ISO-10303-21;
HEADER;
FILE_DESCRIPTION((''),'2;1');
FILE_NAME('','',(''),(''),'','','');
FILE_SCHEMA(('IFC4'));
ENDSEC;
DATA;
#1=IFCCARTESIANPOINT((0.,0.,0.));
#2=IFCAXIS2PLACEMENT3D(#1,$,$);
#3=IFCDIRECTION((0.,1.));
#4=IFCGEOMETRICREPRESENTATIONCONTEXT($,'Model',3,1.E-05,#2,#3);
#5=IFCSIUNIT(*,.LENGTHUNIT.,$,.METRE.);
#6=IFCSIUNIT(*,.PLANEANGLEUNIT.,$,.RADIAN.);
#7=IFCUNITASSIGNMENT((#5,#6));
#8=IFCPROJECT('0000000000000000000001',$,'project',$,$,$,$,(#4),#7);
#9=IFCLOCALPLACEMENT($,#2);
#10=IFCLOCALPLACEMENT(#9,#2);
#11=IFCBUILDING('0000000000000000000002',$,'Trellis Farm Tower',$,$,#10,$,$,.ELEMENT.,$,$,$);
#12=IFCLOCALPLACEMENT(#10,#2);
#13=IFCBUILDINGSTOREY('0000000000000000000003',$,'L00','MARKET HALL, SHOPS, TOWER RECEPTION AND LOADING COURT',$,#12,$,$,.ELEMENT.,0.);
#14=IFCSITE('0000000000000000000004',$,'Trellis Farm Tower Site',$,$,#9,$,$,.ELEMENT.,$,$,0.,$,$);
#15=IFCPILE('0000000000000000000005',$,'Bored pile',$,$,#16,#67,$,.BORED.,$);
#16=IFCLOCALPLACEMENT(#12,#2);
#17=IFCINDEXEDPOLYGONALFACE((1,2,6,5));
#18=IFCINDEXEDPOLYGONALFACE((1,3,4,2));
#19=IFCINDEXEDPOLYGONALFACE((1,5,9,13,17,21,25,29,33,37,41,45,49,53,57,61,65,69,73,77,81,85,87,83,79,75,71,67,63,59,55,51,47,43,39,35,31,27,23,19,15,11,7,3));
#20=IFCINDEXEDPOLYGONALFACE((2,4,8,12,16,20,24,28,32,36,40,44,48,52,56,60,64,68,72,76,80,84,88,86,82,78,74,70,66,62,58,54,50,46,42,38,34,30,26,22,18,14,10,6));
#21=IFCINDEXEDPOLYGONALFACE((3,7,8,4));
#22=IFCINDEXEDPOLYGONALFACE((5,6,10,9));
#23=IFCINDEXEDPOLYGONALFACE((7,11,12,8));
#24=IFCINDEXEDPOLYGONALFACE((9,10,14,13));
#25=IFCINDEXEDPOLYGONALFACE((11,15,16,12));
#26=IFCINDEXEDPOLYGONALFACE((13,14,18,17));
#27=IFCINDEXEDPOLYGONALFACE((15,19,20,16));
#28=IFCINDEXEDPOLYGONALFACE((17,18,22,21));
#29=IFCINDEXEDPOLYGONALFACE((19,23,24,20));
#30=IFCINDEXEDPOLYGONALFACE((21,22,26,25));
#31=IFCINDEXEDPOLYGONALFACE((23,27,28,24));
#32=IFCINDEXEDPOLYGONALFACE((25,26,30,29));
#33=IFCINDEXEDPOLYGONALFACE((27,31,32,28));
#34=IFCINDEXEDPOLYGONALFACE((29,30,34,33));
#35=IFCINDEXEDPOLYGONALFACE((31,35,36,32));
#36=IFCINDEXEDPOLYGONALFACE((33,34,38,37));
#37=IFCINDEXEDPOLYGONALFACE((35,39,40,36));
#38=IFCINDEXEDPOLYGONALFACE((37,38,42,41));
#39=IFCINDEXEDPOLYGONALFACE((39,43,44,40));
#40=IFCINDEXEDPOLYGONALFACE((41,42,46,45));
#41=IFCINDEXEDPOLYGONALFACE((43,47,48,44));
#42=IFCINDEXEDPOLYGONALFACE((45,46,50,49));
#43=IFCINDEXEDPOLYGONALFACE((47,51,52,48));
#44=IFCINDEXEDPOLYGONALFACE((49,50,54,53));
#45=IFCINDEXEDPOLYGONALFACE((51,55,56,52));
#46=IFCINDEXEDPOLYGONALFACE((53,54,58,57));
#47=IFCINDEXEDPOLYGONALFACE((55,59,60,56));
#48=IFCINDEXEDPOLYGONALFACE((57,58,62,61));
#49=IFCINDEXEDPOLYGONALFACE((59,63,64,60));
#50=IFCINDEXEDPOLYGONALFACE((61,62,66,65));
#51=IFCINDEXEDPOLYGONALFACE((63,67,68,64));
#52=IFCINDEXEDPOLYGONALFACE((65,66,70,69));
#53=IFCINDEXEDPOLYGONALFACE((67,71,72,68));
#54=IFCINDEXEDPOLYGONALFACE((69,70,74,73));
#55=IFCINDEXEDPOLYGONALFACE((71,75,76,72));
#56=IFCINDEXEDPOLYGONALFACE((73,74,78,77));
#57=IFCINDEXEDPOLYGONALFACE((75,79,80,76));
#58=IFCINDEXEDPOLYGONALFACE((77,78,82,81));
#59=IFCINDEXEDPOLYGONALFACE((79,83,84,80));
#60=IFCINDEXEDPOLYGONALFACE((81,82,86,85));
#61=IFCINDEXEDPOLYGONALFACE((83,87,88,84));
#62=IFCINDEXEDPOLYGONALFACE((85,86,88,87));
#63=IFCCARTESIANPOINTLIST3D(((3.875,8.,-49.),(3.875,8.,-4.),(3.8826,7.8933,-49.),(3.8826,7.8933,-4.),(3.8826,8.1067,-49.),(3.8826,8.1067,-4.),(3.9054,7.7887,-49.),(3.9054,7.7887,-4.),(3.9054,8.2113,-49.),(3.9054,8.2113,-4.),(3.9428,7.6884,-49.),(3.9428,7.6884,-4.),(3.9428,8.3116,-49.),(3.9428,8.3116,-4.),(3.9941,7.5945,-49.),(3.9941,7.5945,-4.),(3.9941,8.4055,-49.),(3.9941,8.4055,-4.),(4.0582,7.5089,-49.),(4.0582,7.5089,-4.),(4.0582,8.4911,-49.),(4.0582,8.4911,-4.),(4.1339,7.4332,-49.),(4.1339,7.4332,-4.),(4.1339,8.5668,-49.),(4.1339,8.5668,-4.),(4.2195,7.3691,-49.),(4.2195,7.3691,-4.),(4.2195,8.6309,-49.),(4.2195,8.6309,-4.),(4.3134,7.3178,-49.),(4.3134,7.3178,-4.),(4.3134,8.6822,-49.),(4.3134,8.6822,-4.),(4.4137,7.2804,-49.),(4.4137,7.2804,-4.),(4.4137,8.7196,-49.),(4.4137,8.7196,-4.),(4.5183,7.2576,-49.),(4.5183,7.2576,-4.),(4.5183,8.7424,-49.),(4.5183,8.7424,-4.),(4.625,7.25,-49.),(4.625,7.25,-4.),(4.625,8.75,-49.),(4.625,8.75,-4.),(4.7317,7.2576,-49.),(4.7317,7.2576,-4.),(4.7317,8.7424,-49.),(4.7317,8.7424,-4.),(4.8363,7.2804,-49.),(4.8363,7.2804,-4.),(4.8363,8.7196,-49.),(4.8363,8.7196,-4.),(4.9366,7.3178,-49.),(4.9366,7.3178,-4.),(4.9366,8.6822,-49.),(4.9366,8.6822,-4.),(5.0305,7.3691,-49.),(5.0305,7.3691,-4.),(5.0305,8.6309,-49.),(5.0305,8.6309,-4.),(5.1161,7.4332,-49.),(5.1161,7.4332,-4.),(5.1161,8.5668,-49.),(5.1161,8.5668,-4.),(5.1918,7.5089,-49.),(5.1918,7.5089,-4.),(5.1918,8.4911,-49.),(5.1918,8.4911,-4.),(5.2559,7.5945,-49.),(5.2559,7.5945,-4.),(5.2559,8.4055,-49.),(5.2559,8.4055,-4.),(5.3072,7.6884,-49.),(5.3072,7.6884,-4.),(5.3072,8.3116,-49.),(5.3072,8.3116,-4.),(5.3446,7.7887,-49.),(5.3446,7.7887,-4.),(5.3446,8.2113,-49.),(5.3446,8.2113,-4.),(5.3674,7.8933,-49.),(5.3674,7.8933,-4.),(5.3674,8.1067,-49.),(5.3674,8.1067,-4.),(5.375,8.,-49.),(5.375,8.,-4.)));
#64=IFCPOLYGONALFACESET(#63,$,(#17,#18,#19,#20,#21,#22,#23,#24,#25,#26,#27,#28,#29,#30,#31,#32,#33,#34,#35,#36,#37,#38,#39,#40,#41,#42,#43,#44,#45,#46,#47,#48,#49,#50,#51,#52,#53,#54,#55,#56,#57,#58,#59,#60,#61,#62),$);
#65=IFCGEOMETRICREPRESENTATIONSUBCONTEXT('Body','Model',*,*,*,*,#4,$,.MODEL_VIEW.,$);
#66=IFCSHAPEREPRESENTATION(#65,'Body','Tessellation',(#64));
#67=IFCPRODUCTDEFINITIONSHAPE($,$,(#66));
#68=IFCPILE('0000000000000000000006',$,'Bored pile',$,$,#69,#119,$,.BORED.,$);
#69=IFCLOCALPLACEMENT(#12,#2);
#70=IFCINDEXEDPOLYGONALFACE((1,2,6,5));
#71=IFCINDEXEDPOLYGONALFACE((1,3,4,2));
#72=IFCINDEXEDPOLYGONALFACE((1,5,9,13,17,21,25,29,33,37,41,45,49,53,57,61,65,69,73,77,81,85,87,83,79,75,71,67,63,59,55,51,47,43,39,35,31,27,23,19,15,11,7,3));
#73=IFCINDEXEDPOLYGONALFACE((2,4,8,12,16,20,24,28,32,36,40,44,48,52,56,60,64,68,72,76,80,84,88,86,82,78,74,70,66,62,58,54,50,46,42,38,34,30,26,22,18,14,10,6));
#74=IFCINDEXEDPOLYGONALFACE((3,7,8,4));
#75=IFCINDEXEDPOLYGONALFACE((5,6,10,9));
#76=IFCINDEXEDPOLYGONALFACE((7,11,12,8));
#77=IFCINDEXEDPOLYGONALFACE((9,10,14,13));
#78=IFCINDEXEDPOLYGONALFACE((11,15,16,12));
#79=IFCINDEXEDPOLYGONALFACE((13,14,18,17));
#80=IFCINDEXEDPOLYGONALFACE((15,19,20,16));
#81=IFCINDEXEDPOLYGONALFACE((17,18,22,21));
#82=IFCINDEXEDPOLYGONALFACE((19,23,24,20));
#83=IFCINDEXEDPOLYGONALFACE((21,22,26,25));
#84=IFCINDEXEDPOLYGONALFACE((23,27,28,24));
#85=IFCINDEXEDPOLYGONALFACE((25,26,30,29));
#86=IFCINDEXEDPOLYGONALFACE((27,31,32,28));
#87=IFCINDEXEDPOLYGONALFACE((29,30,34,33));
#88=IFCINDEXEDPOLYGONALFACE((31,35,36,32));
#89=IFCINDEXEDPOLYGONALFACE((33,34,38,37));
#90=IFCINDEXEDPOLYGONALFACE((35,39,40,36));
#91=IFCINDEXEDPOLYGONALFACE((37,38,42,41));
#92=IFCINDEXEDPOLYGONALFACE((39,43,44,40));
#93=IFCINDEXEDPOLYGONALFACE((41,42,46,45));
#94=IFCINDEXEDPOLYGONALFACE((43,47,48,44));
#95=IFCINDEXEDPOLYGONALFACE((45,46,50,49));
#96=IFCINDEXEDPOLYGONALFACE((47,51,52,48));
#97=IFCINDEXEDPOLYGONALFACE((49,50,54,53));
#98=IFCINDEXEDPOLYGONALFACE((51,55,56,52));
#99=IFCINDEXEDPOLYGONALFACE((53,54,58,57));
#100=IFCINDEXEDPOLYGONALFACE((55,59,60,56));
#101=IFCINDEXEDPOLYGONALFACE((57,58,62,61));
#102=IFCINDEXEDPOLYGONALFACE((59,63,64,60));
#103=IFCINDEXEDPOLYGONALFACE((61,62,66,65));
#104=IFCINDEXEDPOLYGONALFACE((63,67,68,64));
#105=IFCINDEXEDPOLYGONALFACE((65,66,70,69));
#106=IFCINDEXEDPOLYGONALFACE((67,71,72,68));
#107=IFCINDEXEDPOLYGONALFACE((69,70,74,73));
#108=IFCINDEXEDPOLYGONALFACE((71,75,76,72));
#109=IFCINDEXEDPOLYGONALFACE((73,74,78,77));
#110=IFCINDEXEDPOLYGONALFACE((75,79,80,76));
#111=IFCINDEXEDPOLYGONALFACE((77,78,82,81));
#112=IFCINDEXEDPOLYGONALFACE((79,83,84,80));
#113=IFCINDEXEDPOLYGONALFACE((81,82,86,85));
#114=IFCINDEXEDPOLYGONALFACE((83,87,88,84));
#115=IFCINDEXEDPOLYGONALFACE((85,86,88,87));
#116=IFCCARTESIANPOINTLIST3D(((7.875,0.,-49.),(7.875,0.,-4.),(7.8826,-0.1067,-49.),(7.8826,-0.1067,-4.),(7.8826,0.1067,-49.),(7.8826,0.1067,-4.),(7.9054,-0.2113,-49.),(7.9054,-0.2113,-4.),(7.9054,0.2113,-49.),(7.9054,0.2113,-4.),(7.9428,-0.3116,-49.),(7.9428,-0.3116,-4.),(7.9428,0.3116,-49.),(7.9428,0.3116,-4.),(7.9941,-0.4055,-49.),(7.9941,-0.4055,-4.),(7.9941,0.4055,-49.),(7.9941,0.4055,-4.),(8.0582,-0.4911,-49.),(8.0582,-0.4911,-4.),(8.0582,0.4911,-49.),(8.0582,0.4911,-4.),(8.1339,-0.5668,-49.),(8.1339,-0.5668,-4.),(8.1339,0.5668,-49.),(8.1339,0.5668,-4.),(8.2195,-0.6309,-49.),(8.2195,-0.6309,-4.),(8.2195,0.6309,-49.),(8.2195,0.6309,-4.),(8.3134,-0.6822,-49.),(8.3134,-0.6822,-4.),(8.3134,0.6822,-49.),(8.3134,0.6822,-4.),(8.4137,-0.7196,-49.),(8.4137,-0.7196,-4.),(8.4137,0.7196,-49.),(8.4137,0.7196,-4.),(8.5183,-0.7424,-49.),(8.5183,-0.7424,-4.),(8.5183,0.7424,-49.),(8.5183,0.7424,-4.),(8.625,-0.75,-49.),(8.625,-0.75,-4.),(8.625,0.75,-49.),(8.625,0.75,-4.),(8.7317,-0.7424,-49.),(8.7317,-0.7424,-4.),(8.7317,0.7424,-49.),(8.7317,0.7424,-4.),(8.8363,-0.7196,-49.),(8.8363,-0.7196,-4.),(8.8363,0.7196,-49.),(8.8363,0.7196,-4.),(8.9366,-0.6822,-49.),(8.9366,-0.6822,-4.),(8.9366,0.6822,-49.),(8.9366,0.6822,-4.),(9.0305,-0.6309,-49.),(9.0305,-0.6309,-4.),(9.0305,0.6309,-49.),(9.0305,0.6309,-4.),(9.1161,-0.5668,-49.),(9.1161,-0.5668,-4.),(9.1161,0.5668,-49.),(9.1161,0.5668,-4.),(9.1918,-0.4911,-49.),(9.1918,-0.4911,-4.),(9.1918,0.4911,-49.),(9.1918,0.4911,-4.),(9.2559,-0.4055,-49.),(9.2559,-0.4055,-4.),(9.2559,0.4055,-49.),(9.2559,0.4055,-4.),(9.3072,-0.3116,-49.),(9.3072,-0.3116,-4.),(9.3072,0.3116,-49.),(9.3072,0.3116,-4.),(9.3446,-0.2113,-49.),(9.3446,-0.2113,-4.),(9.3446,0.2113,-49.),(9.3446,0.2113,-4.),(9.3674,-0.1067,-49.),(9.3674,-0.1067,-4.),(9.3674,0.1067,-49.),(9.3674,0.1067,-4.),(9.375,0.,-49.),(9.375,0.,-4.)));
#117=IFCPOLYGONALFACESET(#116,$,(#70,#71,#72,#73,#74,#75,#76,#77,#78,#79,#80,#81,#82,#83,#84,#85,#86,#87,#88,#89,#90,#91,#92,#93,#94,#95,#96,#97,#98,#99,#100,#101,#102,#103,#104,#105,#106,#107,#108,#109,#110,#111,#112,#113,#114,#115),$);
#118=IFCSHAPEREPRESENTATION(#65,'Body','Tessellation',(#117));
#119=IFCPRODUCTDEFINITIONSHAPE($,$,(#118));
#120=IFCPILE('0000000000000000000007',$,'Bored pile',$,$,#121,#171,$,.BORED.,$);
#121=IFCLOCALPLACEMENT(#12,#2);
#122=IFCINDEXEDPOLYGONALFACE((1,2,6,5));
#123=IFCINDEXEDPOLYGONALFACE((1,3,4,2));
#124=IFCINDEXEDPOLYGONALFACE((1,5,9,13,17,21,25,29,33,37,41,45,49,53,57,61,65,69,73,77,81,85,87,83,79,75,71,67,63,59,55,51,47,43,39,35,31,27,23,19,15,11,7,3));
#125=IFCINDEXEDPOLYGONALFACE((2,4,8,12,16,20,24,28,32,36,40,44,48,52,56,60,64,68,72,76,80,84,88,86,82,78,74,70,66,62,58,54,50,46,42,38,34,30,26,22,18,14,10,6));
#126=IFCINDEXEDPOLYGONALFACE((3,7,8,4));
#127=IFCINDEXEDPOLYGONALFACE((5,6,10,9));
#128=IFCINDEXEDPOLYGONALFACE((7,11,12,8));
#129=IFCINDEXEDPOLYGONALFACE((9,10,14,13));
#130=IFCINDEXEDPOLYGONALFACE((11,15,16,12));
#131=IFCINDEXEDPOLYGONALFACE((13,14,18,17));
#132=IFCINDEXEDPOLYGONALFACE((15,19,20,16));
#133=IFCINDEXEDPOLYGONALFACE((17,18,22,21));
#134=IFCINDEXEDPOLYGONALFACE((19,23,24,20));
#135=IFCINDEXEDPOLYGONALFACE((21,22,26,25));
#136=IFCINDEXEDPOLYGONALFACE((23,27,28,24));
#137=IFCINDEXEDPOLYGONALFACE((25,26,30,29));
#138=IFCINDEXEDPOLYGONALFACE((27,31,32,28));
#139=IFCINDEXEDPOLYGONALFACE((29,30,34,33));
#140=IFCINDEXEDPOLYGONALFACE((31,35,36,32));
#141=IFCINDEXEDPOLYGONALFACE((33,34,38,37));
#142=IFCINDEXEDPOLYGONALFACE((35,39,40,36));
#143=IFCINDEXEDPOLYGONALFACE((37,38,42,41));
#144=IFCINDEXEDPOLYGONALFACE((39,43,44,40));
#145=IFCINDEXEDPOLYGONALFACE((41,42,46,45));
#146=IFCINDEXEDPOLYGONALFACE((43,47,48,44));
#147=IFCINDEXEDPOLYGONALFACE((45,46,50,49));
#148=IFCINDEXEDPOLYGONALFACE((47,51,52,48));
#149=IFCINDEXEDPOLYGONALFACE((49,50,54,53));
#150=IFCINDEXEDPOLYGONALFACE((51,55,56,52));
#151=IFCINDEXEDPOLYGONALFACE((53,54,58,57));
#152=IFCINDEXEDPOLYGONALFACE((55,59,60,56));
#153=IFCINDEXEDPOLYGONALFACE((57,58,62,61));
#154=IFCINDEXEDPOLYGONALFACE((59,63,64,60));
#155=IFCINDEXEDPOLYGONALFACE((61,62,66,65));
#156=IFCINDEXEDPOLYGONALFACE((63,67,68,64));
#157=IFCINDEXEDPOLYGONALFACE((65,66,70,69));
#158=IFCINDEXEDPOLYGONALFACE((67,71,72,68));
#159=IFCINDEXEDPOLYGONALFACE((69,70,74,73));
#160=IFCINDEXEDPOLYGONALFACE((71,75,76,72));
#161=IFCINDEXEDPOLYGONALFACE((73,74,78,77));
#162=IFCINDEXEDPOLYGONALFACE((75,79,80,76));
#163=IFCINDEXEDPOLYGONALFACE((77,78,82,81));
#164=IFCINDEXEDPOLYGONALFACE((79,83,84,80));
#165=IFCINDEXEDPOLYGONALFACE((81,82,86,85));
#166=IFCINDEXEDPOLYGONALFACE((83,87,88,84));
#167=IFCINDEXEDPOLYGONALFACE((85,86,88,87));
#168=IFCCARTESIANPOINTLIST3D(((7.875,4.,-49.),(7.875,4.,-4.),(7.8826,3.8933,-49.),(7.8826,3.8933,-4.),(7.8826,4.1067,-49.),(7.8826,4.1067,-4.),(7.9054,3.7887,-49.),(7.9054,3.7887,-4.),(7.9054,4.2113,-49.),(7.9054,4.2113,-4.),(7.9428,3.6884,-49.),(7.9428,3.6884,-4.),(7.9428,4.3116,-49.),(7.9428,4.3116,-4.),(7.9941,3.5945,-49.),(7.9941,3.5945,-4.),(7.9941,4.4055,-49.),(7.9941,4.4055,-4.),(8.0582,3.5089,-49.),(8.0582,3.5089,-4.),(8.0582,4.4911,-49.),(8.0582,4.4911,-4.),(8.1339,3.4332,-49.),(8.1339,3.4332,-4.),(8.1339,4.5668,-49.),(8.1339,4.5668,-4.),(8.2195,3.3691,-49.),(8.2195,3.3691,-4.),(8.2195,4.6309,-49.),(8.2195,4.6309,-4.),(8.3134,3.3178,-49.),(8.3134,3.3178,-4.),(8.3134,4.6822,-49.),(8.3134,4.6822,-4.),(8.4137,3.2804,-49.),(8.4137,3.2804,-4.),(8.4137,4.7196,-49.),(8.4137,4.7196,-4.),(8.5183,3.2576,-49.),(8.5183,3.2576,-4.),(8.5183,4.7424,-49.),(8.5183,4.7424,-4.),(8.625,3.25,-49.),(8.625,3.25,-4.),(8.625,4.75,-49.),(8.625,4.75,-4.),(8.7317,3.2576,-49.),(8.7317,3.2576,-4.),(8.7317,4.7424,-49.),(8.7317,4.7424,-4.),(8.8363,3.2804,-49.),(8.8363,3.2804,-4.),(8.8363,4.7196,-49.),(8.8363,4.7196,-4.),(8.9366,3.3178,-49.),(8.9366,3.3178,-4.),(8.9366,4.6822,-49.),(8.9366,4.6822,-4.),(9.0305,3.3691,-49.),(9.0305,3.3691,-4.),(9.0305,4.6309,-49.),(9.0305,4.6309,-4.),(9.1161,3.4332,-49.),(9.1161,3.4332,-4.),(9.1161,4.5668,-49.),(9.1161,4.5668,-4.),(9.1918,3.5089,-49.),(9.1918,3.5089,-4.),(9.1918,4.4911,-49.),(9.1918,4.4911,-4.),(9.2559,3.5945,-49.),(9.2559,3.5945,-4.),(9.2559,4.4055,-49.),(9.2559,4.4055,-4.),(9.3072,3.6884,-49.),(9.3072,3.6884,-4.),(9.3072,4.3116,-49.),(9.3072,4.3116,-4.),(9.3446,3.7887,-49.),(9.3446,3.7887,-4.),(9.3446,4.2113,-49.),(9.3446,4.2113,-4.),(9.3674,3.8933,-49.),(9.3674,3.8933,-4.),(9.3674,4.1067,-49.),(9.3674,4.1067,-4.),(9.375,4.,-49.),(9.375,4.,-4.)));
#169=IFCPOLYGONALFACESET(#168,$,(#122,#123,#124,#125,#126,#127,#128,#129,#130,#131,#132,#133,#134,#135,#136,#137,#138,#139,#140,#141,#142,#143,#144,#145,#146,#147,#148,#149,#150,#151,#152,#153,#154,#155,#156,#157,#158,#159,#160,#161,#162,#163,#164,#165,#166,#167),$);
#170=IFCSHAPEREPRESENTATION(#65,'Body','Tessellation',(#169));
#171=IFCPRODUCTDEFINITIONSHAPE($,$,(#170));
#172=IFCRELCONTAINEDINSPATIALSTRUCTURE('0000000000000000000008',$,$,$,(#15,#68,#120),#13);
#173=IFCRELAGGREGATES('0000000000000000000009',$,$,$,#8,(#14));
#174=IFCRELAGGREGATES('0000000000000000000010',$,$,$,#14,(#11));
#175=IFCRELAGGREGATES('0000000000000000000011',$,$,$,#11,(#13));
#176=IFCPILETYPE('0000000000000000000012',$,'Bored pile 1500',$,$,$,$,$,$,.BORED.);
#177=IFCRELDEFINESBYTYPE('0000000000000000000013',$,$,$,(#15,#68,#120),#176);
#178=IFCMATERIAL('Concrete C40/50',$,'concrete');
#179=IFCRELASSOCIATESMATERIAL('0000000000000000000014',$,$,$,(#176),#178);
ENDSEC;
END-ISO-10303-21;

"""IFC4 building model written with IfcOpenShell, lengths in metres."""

from ifc_helpers import new_model, si_unit, direction, frame, origin, origin_2d, place, context, subcontext, project, spatial, circle, extrude, source, transform, mapped, material, material_profile, profile_set, type_object, element, save


model = new_model("IFC4")

# Units and contexts
model_context = context("Model", 3, precision=1e-05, world=origin(), true_north=direction((0.0, 1.0)))
body_context = subcontext(model_context, "Body", "Model", "MODEL_VIEW")
ifc_project = project(units=[si_unit("LENGTHUNIT", "METRE"), si_unit("PLANEANGLEUNIT", "RADIAN")], contexts=[model_context])

# Site, building, storey
site_placement = place(None, origin())
site = spatial("IfcSite", under=ifc_project, at=site_placement, Name="Trellis Farm Tower Site", CompositionType="ELEMENT", RefElevation=0.0)
building_placement = place(site_placement, origin())
building = spatial("IfcBuilding", under=site, at=building_placement, Name="Trellis Farm Tower", CompositionType="ELEMENT")
storey_placement = place(building_placement, origin())
storey = spatial("IfcBuildingStorey", under=building, at=storey_placement, Name="L00", Description="MARKET HALL, SHOPS, TOWER RECEPTION AND LOADING COURT", CompositionType="ELEMENT", Elevation=0.0)

# Piles
ifc_material_1 = material(Name="Concrete C40/50", Category="concrete")
ifc_material_profile_1 = material_profile(ifc_material_1, circle(Radius=0.75, at=origin_2d()), Name="Bored pile 1500")
ifc_profile_set_1 = profile_set([ifc_material_profile_1], Name="Concrete C40/50")
pile_type = type_object("IfcPileType", Name="Bored pile 1500", PredefinedType="BORED", material=ifc_profile_set_1)
shared_shape_1 = source(origin(), body_context, "Body", "SweptSolid", [
    extrude(circle(Radius=0.75, at=origin_2d()), origin(), (0.0, 0.0, 1.0), 45.0),
])
for number, where, z_axis, x_axis, name in (
    (1, (4.625, 8.0, -4.0), (0.0, 0.0, -1.0), (1.0, 0.0, 0.0), "Bored pile"),
    (2, (8.625, 0.0, -4.0), (0.0, 0.0, -1.0), (1.0, 0.0, 0.0), "Bored pile"),
    (3, (8.625, 4.0, -4.0), (0.0, 0.0, -1.0), (1.0, 0.0, 0.0), "Bored pile"),
):
    element("IfcPile", number, at=place(storey_placement, frame(where, z_axis=z_axis, x_axis=x_axis)), inside=storey, type_object=pile_type, Name=name, PredefinedType="BORED", context=body_context, shape_type="MappedRepresentation", body=[
        mapped(shared_shape_1, transform((0.0, 0.0, 0.0))),
    ])

save(model, "model.ifc")
